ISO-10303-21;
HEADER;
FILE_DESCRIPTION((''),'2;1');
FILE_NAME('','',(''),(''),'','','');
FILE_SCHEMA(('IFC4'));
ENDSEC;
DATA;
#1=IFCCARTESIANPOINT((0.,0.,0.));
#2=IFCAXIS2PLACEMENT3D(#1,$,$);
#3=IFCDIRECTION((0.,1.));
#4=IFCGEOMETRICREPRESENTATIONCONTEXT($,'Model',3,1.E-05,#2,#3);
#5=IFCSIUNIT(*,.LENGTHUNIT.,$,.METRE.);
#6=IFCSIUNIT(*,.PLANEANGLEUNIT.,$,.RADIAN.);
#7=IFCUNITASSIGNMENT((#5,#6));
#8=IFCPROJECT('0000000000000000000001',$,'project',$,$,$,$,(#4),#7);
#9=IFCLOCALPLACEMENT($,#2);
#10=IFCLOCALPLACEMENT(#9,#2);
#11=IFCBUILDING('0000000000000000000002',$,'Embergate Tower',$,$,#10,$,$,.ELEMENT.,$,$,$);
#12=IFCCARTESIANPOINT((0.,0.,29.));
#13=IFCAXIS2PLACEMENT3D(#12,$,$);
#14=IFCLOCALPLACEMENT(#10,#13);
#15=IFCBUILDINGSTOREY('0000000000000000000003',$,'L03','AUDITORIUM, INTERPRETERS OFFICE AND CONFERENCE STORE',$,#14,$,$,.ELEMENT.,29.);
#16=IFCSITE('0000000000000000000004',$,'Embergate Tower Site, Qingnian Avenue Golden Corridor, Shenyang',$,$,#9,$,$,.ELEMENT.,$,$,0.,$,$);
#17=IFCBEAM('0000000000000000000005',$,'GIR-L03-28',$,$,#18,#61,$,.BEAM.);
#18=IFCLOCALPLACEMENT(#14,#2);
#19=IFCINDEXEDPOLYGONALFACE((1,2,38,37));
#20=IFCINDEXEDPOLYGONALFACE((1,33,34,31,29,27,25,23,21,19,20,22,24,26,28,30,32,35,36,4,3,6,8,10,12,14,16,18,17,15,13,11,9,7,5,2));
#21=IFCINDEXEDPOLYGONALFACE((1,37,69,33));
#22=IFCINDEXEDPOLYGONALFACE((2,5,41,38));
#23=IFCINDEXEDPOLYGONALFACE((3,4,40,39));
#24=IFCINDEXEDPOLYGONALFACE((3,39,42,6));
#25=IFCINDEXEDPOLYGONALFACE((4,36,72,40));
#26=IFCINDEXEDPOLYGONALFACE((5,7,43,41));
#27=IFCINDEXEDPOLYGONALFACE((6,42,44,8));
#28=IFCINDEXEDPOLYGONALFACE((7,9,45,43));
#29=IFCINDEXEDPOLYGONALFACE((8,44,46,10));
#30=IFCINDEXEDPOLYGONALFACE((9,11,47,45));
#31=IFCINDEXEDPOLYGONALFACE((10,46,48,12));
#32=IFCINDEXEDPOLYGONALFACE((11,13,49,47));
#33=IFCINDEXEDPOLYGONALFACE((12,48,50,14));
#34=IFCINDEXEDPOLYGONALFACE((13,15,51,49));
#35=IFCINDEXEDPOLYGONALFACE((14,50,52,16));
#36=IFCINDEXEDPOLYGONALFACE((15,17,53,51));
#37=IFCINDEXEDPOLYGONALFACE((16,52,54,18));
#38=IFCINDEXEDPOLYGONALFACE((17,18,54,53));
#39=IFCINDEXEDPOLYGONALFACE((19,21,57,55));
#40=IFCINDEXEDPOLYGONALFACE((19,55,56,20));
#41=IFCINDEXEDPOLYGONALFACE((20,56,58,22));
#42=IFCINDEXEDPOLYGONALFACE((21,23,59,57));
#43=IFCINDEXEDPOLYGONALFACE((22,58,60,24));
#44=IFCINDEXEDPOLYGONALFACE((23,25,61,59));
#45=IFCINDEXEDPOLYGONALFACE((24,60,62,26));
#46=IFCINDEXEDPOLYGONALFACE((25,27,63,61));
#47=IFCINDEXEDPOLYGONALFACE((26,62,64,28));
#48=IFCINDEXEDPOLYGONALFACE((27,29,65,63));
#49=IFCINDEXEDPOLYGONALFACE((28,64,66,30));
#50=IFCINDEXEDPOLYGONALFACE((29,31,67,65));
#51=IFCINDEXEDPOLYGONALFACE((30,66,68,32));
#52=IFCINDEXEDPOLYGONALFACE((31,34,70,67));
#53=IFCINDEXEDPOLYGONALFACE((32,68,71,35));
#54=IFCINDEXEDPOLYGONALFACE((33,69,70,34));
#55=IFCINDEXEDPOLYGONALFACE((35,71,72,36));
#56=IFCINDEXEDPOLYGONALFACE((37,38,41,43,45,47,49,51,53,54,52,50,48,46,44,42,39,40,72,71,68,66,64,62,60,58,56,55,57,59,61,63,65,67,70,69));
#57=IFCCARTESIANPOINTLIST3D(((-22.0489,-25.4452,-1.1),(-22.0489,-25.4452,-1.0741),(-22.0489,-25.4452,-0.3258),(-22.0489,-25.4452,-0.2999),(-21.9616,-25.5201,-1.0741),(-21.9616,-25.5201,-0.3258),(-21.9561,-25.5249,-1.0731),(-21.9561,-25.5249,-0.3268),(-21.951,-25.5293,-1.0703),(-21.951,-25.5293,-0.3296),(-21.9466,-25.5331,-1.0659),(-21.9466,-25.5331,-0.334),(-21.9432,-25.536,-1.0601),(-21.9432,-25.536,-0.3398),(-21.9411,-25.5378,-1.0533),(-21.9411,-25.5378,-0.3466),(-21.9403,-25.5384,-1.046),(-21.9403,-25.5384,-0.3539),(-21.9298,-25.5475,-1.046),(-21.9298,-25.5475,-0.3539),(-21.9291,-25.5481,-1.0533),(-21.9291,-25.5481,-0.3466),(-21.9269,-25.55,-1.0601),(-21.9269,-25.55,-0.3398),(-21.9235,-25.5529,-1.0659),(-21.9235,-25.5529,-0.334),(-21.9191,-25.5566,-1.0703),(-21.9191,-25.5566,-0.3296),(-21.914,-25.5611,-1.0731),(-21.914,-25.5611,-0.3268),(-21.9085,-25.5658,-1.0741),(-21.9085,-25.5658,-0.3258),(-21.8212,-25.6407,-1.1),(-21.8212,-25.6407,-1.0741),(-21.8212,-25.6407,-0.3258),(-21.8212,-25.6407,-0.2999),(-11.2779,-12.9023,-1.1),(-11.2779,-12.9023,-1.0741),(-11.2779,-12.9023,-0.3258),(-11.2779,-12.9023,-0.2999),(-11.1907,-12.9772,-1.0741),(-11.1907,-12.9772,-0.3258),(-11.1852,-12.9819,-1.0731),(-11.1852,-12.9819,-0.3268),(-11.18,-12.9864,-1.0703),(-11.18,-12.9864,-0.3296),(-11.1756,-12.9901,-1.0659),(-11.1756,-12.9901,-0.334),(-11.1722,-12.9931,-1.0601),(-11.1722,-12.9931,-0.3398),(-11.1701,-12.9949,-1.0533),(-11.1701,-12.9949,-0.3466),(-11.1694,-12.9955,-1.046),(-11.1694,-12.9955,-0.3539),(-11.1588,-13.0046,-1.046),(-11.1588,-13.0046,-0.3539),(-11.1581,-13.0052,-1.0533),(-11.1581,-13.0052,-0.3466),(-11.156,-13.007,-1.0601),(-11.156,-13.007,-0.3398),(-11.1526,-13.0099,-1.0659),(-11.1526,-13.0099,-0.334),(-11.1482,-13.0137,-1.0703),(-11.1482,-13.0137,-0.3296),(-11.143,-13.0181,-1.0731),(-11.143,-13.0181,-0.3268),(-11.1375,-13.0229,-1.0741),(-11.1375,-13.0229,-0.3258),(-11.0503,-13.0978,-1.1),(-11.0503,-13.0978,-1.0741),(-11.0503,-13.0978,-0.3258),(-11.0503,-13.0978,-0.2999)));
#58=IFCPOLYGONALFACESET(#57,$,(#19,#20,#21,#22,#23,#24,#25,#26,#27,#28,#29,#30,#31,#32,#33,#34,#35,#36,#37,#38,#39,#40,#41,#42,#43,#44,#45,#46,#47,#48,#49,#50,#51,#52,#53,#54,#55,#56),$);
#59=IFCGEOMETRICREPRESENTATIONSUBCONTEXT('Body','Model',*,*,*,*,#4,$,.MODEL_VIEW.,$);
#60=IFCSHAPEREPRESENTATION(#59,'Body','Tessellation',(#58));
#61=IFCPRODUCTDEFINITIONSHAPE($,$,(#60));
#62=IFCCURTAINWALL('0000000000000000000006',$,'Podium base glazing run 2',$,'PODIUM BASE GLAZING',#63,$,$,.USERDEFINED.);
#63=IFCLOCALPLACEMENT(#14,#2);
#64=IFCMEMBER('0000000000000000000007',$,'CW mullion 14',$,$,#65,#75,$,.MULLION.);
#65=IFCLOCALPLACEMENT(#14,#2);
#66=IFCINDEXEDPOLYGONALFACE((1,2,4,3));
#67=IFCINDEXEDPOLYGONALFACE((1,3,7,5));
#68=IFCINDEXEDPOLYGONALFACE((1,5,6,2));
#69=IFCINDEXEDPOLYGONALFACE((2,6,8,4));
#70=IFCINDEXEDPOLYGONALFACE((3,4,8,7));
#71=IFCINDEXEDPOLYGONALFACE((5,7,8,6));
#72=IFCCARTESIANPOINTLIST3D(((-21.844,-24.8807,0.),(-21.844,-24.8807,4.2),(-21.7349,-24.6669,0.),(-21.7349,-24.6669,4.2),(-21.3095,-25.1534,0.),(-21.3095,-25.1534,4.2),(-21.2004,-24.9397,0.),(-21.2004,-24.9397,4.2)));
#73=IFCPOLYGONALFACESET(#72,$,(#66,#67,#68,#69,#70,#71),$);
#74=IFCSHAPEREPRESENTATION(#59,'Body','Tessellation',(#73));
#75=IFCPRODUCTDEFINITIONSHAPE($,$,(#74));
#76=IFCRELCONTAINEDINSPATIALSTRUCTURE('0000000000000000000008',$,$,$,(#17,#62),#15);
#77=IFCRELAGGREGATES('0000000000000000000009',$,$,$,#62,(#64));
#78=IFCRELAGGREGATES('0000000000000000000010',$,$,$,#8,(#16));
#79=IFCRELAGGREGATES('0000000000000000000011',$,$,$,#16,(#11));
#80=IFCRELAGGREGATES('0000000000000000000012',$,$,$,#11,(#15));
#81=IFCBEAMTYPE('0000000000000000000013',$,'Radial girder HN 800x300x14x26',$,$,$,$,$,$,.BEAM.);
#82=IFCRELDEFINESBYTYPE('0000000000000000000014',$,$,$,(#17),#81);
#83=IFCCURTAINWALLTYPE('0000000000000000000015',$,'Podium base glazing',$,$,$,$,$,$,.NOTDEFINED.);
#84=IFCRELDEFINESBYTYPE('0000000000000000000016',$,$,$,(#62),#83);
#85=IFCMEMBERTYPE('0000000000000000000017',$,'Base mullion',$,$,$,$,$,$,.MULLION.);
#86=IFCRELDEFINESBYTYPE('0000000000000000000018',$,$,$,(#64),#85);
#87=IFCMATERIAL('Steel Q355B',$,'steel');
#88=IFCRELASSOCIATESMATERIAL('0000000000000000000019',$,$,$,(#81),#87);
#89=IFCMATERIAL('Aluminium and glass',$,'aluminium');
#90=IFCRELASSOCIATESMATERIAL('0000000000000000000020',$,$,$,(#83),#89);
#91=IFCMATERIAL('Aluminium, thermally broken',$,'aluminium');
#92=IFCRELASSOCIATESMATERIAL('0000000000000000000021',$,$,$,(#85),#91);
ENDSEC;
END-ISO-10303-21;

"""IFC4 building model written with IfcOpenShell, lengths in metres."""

from ifc_helpers import new_model, si_unit, direction, frame, origin, origin_2d, place, context, subcontext, project, spatial, rectangle, i_section, extrude, source, transform, mapped, material, material_profile, profile_set, type_object, element, aggregate, save


model = new_model("IFC4")

# Units and contexts
model_context = context("Model", 3, precision=1e-05, world=origin(), true_north=direction((0.0, 1.0)))
body_context = subcontext(model_context, "Body", "Model", "MODEL_VIEW")
ifc_project = project(units=[si_unit("LENGTHUNIT", "METRE"), si_unit("PLANEANGLEUNIT", "RADIAN")], contexts=[model_context])

# Site, building, storey
site_placement = place(None, origin())
site = spatial("IfcSite", under=ifc_project, at=site_placement, Name="Embergate Tower Site, Qingnian Avenue Golden Corridor, Shenyang", CompositionType="ELEMENT", RefElevation=0.0)
building_placement = place(site_placement, origin())
building = spatial("IfcBuilding", under=site, at=building_placement, Name="Embergate Tower", CompositionType="ELEMENT")
storey_placement = place(building_placement, frame((0.0, 0.0, 29.0)))
storey = spatial("IfcBuildingStorey", under=building, at=storey_placement, Name="L03", Description="AUDITORIUM, INTERPRETERS OFFICE AND CONFERENCE STORE", CompositionType="ELEMENT", Elevation=29.0)

# Beam
ifc_material_1 = material(Name="Steel Q355B", Category="steel")
ifc_material_profile_1 = material_profile(ifc_material_1, i_section(OverallWidth=0.3, OverallDepth=0.8, WebThickness=0.0139, FlangeThickness=0.0259, FilletRadius=0.0281, at=origin_2d()), Name="HN 800x300x14x26")
ifc_profile_set_1 = profile_set([ifc_material_profile_1], Name="Steel Q355 grade B")
beam_type = type_object("IfcBeamType", Name="Radial girder HN 800x300x14x26", PredefinedType="BEAM", material=ifc_profile_set_1)
shared_shape_1 = source(origin(), body_context, "Body", "SweptSolid", [
    extrude(i_section(OverallWidth=0.3, OverallDepth=0.8, WebThickness=0.0139, FlangeThickness=0.0259, FilletRadius=0.0281, at=origin_2d()), origin(), (0.0, 0.0, 1.0), 16.533),
])
beam_placement = place(storey_placement, frame((-21.9351, -25.543, -0.7), z_axis=(0.651484, 0.758662, 0.0), x_axis=(-0.758662, 0.651484, 0.0)))
element("IfcBeam", 1, at=beam_placement, inside=storey, type_object=beam_type, Name="GIR-L03-28", PredefinedType="BEAM", context=body_context, shape_type="MappedRepresentation", body=[
    mapped(shared_shape_1, transform((0.0, 0.0, 0.0))),
])

# Curtain wall, member
ifc_material_2 = material(Name="Aluminium and glass", Category="aluminium")
curtain_wall_type = type_object("IfcCurtainWallType", Name="Podium base glazing", PredefinedType="NOTDEFINED", material=ifc_material_2)
curtain_wall_placement = place(storey_placement, origin())
curtain_wall = element("IfcCurtainWall", 2, at=curtain_wall_placement, inside=storey, type_object=curtain_wall_type, Name="Podium base glazing run 2", ObjectType="PODIUM BASE GLAZING", PredefinedType="USERDEFINED")
ifc_material_3 = material(Name="Aluminium, thermally broken", Category="aluminium")
ifc_material_profile_2 = material_profile(ifc_material_3, rectangle(XDim=0.24, YDim=0.6001, at=origin_2d()), Name="AL 600x240")
ifc_profile_set_2 = profile_set([ifc_material_profile_2], Name="Aluminium, thermally broken")
member_type = type_object("IfcMemberType", Name="Base mullion", PredefinedType="MULLION", material=ifc_profile_set_2)
shared_shape_2 = source(origin(), body_context, "Body", "SweptSolid", [
    extrude(rectangle(XDim=0.24, YDim=0.6001, at=origin_2d()), origin(), (0.0, 0.0, 1.0), 4.2),
])
member_placement = place(storey_placement, frame((-21.5222, -24.9102, 0.0), z_axis=(0.0, 0.0, 1.0), x_axis=(0.454519, 0.890737, 0.0)))
member = element("IfcMember", 3, at=member_placement, type_object=member_type, Name="CW mullion 14", PredefinedType="MULLION", context=body_context, shape_type="MappedRepresentation", body=[
    mapped(shared_shape_2, transform((0.0, 0.0, 0.0))),
])
aggregate(curtain_wall, [member])

save(model, "model.ifc")
